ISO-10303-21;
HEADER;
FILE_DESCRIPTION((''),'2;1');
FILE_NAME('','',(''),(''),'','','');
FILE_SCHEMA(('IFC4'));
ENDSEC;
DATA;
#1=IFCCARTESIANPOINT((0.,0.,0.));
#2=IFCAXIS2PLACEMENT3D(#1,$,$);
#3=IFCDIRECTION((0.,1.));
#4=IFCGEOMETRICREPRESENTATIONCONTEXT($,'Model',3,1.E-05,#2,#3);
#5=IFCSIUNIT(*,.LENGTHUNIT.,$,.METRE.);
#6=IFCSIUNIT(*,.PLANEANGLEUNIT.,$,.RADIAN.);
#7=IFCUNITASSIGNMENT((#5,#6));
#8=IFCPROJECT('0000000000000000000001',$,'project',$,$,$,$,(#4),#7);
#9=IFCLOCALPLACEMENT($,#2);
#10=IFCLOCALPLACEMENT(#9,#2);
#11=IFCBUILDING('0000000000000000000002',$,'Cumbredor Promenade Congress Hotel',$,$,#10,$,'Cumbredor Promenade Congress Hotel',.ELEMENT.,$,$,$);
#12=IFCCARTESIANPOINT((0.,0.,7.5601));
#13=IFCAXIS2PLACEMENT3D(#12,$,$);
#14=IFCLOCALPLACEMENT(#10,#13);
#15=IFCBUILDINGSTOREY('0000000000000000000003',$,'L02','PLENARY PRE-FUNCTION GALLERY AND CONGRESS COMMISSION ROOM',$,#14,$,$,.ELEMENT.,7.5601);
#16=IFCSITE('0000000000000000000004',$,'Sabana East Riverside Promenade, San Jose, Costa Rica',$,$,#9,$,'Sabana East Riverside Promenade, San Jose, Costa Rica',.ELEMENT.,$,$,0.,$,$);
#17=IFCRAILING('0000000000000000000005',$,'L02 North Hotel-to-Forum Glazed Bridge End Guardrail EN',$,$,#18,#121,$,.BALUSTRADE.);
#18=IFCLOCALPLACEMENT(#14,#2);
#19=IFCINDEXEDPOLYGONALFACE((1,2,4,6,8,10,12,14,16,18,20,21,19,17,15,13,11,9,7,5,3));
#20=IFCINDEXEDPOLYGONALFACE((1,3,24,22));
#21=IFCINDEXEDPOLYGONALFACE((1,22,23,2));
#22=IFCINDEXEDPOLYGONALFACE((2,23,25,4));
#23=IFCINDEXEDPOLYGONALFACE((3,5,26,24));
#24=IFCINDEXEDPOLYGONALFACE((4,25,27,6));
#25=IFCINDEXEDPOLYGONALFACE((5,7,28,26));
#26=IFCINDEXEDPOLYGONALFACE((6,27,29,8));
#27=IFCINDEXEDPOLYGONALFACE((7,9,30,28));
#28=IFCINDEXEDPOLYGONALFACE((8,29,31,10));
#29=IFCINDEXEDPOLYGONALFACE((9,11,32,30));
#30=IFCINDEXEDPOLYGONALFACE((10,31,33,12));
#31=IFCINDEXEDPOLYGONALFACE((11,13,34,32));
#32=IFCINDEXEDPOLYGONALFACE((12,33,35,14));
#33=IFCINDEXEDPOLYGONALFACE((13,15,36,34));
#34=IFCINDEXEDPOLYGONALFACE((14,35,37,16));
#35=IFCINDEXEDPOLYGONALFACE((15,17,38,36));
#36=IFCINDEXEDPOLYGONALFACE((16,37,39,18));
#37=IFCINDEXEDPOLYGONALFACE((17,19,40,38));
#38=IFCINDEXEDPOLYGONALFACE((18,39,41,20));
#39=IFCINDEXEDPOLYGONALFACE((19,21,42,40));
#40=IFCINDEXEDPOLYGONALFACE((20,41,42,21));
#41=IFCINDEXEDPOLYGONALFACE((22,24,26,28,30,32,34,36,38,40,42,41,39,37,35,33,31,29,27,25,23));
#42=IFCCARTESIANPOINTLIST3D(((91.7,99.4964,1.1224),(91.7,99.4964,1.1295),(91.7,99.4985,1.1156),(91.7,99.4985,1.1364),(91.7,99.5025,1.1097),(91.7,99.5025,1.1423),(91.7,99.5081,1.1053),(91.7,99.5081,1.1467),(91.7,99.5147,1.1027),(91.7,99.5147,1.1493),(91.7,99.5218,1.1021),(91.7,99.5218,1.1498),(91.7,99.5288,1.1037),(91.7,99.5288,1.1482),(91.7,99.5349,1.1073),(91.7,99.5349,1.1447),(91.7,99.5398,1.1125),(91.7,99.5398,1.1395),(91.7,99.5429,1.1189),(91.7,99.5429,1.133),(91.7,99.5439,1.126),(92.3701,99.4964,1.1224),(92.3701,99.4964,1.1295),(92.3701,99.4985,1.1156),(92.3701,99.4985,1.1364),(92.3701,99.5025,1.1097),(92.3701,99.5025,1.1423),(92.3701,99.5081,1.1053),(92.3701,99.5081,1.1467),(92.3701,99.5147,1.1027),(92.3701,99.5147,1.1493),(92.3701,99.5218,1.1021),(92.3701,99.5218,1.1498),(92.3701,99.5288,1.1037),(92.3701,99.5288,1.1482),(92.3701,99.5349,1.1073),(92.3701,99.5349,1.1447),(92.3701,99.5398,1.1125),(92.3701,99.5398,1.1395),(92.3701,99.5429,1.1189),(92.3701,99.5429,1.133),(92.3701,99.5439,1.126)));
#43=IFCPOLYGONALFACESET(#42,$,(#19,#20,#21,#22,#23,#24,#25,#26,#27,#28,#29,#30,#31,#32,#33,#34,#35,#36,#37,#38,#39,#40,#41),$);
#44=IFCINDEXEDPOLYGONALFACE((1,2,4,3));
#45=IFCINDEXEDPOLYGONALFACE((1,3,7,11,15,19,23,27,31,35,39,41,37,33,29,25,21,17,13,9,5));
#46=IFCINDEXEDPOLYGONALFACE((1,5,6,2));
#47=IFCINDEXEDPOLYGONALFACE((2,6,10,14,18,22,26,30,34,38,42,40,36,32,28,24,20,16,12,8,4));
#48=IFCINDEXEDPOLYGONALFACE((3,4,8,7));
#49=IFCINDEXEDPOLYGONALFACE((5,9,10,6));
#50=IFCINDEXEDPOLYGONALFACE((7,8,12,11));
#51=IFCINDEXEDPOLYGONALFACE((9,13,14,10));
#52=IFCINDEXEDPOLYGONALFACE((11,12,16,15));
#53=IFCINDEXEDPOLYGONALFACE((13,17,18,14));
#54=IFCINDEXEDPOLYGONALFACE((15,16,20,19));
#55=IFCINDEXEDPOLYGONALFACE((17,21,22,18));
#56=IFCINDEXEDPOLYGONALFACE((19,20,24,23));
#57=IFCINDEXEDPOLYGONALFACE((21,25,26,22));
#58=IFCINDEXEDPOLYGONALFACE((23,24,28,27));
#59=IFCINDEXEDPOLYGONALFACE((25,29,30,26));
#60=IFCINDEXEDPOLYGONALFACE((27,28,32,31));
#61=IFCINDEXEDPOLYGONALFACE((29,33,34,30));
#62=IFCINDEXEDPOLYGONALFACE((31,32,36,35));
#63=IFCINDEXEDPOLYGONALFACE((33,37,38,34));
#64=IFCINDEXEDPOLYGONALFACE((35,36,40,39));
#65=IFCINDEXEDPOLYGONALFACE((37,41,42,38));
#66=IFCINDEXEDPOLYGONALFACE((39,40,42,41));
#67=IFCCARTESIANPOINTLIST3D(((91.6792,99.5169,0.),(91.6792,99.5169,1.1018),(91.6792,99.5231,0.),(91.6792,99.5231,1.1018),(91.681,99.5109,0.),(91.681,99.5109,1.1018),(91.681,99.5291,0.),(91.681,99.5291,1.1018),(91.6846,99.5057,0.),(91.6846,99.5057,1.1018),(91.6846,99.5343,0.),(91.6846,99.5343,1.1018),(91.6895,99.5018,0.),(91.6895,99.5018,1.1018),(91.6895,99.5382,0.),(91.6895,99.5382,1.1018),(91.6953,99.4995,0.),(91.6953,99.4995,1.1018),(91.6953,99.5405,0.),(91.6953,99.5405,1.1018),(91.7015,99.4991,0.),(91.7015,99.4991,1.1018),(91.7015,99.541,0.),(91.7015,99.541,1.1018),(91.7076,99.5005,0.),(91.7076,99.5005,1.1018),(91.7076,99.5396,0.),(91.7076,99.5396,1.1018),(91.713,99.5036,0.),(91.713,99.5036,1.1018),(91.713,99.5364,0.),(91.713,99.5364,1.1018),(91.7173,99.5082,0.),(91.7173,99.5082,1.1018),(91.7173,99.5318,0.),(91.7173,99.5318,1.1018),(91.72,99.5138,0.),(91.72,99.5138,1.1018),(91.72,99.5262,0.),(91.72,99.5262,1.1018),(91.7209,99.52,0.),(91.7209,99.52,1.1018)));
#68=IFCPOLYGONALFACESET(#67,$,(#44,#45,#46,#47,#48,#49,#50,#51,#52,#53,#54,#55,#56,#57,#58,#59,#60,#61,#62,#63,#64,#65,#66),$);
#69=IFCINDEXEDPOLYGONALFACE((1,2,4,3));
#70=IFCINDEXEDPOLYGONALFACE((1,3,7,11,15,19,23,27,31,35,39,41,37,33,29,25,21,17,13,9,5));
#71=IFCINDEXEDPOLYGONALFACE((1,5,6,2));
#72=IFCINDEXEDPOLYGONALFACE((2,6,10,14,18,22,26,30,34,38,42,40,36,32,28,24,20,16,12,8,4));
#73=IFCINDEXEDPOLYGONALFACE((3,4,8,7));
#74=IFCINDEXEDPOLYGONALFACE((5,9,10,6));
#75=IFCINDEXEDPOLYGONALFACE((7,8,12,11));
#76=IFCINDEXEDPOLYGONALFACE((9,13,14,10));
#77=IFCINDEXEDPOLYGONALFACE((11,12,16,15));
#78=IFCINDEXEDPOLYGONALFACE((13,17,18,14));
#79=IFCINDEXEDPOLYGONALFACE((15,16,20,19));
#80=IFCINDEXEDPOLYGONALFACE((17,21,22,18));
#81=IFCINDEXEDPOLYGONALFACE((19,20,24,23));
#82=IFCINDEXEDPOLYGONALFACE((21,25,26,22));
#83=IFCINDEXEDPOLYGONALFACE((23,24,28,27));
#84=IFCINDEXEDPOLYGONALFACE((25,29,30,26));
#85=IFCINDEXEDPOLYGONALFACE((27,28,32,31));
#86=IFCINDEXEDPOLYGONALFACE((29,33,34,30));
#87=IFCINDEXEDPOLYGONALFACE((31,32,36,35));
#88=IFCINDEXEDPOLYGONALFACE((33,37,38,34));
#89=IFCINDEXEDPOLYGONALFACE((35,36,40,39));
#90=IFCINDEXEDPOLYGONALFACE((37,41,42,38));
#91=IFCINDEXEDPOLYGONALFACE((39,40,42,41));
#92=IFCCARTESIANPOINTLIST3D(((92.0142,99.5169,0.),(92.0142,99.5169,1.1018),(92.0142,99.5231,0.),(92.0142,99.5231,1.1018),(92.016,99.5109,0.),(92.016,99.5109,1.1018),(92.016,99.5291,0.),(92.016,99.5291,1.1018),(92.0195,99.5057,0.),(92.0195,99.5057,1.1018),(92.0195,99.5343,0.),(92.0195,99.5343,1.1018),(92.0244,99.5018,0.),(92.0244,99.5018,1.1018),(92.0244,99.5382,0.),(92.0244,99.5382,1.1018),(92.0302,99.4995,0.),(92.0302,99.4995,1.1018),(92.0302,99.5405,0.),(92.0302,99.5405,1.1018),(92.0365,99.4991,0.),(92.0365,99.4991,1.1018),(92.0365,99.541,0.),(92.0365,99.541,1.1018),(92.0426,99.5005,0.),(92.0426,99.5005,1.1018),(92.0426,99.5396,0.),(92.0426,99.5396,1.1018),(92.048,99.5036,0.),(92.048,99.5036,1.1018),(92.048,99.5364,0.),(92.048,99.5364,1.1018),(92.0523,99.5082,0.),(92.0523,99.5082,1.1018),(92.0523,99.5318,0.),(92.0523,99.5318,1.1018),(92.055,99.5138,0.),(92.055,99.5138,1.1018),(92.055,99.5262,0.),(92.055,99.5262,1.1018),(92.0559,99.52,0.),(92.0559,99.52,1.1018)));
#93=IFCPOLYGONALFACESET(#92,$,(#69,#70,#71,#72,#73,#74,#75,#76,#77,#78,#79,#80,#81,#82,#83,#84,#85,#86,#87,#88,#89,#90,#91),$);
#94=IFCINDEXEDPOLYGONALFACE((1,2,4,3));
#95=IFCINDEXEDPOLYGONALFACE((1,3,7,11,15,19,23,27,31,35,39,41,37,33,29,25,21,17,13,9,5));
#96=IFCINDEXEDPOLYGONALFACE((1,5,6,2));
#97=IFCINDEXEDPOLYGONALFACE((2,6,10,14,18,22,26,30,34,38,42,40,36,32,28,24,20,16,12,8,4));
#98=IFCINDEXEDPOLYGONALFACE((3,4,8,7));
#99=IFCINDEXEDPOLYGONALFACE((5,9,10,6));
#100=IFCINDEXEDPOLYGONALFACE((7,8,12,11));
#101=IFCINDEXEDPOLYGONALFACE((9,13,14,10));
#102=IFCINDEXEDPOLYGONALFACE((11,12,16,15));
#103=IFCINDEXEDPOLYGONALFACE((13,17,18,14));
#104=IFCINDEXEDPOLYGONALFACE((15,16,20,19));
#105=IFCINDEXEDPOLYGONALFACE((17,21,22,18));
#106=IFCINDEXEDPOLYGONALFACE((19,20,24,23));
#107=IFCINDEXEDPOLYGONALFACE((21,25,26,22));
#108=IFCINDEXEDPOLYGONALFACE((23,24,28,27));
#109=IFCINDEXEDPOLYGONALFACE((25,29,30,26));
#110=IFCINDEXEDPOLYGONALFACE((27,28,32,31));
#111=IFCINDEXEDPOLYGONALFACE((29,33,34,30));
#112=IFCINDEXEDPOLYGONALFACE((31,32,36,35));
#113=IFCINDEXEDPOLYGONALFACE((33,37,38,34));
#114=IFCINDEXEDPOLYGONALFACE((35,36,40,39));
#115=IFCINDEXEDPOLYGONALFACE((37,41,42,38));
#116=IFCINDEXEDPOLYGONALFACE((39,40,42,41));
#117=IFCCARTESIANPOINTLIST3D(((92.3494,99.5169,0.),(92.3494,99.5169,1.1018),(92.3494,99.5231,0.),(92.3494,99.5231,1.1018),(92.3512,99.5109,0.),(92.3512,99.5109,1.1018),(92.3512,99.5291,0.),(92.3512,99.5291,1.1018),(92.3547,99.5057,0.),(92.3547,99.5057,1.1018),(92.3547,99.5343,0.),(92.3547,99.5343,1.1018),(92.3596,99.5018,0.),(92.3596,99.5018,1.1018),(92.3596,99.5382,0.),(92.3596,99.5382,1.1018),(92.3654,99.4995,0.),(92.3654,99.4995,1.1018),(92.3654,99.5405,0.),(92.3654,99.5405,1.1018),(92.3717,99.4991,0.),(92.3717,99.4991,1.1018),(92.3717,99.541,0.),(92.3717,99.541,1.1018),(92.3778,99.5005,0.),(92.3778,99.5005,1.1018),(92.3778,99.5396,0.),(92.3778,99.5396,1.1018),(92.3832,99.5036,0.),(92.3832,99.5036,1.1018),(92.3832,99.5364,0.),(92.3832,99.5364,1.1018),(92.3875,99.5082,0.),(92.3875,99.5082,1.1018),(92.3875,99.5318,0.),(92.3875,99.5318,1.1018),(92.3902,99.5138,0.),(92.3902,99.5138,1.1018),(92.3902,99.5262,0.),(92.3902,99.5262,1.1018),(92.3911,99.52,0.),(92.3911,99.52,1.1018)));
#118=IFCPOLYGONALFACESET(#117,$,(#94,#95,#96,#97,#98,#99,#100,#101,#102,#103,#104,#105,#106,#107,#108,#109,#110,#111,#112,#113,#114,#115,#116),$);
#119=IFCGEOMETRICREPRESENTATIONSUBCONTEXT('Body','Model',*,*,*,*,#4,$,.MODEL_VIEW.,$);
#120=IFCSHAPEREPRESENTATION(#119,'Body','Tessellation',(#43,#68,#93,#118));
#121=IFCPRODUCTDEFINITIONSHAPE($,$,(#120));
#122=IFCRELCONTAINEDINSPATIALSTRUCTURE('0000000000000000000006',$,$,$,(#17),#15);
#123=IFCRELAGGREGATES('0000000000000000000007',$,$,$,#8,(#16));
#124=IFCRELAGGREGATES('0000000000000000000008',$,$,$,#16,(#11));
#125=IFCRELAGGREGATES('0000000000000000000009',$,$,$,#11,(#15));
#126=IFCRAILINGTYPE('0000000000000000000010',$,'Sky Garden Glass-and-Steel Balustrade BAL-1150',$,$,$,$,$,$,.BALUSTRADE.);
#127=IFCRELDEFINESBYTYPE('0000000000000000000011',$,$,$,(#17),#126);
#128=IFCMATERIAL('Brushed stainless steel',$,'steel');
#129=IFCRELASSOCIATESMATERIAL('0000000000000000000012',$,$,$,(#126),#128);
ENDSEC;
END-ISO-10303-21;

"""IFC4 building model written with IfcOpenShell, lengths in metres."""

from ifc_helpers import new_model, si_unit, direction, frame, origin, origin_2d, place, context, subcontext, project, spatial, circle, extrude, material, type_object, element, save


model = new_model("IFC4")

# Units and contexts
model_context = context("Model", 3, precision=1e-05, world=origin(), true_north=direction((0.0, 1.0)))
body_context = subcontext(model_context, "Body", "Model", "MODEL_VIEW")
ifc_project = project(units=[si_unit("LENGTHUNIT", "METRE"), si_unit("PLANEANGLEUNIT", "RADIAN")], contexts=[model_context])

# Site, building, storey
site_placement = place(None, origin())
site = spatial("IfcSite", under=ifc_project, at=site_placement, Name="Sabana East Riverside Promenade, San Jose, Costa Rica", LongName="Sabana East Riverside Promenade, San Jose, Costa Rica", CompositionType="ELEMENT", RefElevation=0.0)
building_placement = place(site_placement, origin())
building = spatial("IfcBuilding", under=site, at=building_placement, Name="Cumbredor Promenade Congress Hotel", LongName="Cumbredor Promenade Congress Hotel", CompositionType="ELEMENT")
storey_placement = place(building_placement, frame((0.0, 0.0, 7.5601)))
storey = spatial("IfcBuildingStorey", under=building, at=storey_placement, Name="L02", Description="PLENARY PRE-FUNCTION GALLERY AND CONGRESS COMMISSION ROOM", CompositionType="ELEMENT", Elevation=7.5601)

# Railing
ifc_material_1 = material(Name="Brushed stainless steel", Category="steel")
railing_type = type_object("IfcRailingType", Name="Sky Garden Glass-and-Steel Balustrade BAL-1150", PredefinedType="BALUSTRADE", material=ifc_material_1)
railing_placement = place(storey_placement, frame((91.7, 99.52, 0.0)))
element("IfcRailing", 1, at=railing_placement, inside=storey, type_object=railing_type, Name="L02 North Hotel-to-Forum Glazed Bridge End Guardrail EN", PredefinedType="BALUSTRADE", context=body_context, shape_type="SweptSolid", body=[
    extrude(circle(Radius=0.0239, at=origin_2d()), frame((0.0, 0.0, 1.126), z_axis=(1.0, 0.0, 0.0), x_axis=(0.0, 1.0, 0.0)), (0.0, 0.0, 1.0), 0.6702),
    extrude(circle(Radius=0.021, at=origin_2d()), origin(), (0.0, 0.0, 1.0), 1.1018),
    extrude(circle(Radius=0.021, at=origin_2d()), frame((0.335, 0.0, 0.0)), (0.0, 0.0, 1.0), 1.1018),
    extrude(circle(Radius=0.021, at=origin_2d()), frame((0.6702, 0.0, 0.0)), (0.0, 0.0, 1.0), 1.1018),
])

save(model, "model.ifc")
